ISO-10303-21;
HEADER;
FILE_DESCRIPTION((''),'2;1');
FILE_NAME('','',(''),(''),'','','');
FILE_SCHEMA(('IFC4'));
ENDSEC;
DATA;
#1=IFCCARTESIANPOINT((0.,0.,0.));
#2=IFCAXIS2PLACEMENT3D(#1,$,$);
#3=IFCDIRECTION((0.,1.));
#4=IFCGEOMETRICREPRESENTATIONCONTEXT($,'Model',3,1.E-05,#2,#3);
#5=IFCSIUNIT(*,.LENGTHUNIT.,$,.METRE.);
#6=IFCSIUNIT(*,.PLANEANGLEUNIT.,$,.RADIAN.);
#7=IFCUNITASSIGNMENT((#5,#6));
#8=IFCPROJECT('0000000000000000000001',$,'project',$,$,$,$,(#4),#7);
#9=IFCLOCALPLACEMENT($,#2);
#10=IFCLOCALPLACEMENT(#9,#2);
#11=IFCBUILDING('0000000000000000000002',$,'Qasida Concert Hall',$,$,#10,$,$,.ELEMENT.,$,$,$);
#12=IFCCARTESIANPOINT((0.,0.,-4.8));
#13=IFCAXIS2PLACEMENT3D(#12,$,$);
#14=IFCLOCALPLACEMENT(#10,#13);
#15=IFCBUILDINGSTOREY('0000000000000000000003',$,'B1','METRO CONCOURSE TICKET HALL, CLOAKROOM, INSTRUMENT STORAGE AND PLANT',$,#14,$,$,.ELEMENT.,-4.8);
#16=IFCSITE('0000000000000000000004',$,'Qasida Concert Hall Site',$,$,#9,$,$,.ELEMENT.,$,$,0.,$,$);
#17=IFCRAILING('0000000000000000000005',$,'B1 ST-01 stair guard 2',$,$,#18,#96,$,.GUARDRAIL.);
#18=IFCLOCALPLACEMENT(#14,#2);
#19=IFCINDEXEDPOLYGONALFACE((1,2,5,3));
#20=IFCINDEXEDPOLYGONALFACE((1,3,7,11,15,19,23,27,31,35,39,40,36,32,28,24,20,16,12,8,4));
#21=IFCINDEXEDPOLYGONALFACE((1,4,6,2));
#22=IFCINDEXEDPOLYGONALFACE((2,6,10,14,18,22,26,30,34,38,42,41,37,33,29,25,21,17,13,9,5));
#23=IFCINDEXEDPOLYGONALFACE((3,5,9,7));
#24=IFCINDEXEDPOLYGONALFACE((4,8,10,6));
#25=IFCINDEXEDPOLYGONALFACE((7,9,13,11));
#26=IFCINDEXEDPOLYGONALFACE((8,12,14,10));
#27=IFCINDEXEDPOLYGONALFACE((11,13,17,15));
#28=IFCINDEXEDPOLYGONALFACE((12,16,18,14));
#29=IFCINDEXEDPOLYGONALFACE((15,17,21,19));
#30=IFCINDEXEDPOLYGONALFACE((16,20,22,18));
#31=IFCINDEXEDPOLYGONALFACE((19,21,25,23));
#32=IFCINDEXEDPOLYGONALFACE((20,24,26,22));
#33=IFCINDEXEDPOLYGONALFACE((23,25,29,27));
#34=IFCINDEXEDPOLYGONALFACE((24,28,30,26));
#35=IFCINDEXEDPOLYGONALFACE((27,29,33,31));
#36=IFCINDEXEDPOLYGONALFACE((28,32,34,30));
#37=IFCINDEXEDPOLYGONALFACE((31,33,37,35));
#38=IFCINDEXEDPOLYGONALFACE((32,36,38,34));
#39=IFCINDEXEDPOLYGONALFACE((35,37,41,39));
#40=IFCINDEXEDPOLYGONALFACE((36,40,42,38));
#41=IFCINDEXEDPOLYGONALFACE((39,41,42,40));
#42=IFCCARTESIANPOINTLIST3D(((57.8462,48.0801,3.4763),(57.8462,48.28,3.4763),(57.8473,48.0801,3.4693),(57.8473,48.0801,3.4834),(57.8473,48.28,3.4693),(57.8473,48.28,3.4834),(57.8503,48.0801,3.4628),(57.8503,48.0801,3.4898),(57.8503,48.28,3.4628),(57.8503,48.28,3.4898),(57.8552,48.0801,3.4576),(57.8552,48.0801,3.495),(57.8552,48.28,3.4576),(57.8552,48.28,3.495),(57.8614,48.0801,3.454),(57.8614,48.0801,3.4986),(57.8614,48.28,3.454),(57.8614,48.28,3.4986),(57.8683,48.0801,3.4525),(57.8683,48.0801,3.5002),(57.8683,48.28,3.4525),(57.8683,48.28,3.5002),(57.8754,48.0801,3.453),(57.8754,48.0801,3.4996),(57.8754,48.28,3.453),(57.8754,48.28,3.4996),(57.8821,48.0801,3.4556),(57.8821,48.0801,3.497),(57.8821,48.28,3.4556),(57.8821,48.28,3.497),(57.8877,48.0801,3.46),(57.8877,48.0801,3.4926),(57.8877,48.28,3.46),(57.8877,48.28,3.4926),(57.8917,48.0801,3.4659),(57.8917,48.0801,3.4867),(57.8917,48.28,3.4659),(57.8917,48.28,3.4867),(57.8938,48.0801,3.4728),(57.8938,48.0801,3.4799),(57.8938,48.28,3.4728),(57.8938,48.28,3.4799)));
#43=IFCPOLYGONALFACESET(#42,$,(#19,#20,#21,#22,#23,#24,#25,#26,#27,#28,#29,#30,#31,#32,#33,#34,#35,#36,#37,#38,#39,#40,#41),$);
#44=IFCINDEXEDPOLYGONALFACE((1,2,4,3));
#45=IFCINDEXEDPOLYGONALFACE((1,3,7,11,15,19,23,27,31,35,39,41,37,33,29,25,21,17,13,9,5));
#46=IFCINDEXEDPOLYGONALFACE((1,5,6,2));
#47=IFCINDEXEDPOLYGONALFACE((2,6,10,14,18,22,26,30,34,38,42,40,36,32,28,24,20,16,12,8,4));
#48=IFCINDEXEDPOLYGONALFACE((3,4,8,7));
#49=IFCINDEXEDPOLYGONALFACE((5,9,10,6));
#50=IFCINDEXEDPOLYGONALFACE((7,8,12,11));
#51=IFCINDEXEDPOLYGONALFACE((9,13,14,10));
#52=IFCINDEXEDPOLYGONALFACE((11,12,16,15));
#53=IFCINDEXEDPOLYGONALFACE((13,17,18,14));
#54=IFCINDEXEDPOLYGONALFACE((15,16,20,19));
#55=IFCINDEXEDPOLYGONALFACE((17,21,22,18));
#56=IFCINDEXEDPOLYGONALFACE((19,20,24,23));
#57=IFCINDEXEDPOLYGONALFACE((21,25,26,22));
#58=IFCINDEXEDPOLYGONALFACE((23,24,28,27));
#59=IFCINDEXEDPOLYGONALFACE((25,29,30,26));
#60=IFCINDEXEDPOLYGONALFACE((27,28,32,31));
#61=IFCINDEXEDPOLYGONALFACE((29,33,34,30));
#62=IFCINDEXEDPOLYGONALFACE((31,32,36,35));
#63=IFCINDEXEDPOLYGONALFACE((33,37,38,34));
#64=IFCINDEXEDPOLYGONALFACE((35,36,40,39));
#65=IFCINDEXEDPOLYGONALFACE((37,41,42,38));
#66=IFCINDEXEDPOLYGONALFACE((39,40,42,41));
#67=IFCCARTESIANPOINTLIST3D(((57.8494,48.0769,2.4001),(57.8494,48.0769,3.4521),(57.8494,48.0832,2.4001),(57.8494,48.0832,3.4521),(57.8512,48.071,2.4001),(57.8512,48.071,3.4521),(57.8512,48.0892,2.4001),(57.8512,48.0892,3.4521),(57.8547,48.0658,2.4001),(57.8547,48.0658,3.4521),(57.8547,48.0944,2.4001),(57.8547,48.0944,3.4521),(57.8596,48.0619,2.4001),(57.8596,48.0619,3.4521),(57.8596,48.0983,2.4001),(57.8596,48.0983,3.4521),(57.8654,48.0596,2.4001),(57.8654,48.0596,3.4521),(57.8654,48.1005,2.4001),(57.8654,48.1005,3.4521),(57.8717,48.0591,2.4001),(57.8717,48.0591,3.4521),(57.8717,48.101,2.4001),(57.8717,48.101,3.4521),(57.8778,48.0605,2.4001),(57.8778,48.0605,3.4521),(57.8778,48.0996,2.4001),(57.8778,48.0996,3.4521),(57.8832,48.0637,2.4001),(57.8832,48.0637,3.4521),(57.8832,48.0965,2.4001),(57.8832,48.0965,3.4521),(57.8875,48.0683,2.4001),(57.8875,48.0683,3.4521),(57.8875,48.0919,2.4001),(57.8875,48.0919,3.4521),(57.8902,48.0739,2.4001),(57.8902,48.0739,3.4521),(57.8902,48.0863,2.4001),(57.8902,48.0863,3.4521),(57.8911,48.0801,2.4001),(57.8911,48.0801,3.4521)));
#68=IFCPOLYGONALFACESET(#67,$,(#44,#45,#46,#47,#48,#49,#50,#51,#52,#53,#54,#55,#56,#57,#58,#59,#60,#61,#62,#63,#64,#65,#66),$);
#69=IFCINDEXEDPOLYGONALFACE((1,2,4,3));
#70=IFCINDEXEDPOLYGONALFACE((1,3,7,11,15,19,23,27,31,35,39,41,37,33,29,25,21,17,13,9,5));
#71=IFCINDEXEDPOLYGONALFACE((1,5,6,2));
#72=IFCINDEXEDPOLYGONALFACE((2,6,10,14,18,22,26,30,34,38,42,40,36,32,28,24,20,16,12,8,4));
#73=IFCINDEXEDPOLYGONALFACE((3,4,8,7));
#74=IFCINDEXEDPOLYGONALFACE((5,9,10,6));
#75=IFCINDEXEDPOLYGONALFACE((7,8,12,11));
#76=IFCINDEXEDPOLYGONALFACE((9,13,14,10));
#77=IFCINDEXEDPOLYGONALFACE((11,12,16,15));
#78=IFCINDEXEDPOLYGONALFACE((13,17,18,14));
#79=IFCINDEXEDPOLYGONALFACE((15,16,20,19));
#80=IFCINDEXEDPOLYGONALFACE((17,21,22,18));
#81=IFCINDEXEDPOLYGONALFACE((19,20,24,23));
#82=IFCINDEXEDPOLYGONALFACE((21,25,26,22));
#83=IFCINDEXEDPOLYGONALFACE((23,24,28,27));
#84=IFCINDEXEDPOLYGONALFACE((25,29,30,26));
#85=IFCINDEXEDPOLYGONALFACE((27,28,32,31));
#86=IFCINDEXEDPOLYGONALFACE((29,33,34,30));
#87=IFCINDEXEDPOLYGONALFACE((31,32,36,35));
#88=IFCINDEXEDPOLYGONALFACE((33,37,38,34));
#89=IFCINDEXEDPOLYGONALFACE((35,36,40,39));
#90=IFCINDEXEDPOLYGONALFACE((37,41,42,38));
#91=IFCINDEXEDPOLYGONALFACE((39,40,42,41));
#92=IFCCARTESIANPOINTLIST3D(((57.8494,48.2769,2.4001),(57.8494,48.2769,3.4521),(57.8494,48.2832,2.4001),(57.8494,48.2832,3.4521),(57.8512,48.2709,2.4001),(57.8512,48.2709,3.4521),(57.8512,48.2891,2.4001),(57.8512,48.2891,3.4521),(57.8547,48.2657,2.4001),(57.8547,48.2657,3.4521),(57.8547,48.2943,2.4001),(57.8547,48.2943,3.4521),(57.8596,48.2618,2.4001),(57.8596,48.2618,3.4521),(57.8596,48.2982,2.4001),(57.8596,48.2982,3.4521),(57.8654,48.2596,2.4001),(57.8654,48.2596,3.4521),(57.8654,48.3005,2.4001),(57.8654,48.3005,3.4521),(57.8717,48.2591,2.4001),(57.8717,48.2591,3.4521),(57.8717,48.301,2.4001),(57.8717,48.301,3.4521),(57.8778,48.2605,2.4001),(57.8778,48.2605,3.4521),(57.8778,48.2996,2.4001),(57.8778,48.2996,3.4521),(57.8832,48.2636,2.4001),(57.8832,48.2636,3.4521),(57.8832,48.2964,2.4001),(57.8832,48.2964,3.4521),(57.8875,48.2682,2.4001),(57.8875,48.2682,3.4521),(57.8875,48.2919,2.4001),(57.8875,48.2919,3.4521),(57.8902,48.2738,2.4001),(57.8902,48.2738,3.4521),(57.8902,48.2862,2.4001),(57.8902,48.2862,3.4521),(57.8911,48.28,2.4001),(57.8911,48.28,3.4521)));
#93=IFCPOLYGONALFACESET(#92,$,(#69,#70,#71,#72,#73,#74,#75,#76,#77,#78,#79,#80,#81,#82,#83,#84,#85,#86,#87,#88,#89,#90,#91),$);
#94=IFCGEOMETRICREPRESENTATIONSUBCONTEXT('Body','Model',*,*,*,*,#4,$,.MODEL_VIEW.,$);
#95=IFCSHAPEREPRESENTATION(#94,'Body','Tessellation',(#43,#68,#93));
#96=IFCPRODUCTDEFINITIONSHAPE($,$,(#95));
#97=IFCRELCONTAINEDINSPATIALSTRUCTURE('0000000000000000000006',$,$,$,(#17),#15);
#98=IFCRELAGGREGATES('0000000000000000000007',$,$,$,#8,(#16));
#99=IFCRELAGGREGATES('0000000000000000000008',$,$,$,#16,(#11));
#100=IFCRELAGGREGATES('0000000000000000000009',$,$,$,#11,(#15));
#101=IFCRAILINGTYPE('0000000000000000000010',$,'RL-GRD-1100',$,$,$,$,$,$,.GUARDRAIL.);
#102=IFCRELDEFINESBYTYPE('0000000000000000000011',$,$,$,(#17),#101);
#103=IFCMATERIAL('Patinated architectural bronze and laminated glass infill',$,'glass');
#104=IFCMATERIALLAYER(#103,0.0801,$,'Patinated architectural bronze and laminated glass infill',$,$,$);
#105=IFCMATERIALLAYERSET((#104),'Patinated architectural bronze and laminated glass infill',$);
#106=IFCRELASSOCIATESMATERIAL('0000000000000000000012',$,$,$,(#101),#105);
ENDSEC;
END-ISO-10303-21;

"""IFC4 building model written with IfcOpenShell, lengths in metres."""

from ifc_helpers import new_model, si_unit, direction, frame, origin, origin_2d, place, context, subcontext, project, spatial, circle, extrude, material, layer, layer_set, type_object, element, save


model = new_model("IFC4")

# Units and contexts
model_context = context("Model", 3, precision=1e-05, world=origin(), true_north=direction((0.0, 1.0)))
body_context = subcontext(model_context, "Body", "Model", "MODEL_VIEW")
ifc_project = project(units=[si_unit("LENGTHUNIT", "METRE"), si_unit("PLANEANGLEUNIT", "RADIAN")], contexts=[model_context])

# Site, building, storey
site_placement = place(None, origin())
site = spatial("IfcSite", under=ifc_project, at=site_placement, Name="Qasida Concert Hall Site", CompositionType="ELEMENT", RefElevation=0.0)
building_placement = place(site_placement, origin())
building = spatial("IfcBuilding", under=site, at=building_placement, Name="Qasida Concert Hall", CompositionType="ELEMENT")
storey_placement = place(building_placement, frame((0.0, 0.0, -4.8)))
storey = spatial("IfcBuildingStorey", under=building, at=storey_placement, Name="B1", Description="METRO CONCOURSE TICKET HALL, CLOAKROOM, INSTRUMENT STORAGE AND PLANT", CompositionType="ELEMENT", Elevation=-4.8)

# Railing
ifc_material_1 = material(Name="Patinated architectural bronze and laminated glass infill", Category="glass")
ifc_layer_1 = layer(ifc_material_1, 0.0801, Name="Patinated architectural bronze and laminated glass infill")
ifc_layer_set_1 = layer_set([ifc_layer_1], Name="Patinated architectural bronze and laminated glass infill")
railing_type_1 = type_object("IfcRailingType", Name="RL-GRD-1100", PredefinedType="GUARDRAIL", material=ifc_layer_set_1)
railing_1_placement = place(storey_placement, frame((57.8701, 48.0801, 2.4001)))
element("IfcRailing", 1, at=railing_1_placement, inside=storey, type_object=railing_type_1, Name="B1 ST-01 stair guard 2", PredefinedType="GUARDRAIL", context=body_context, shape_type="SweptSolid", body=[
    extrude(circle(Radius=0.0239, at=origin_2d()), frame((0.0, 0.0, 1.0762), z_axis=(0.0, 1.0, 0.0), x_axis=(-1.0, 0.0, 0.0)), (0.0, 0.0, 1.0), 0.2),
    extrude(circle(Radius=0.021, at=origin_2d()), origin(), (0.0, 0.0, 1.0), 1.052),
    extrude(circle(Radius=0.021, at=origin_2d()), frame((0.0, 0.2, 0.0)), (0.0, 0.0, 1.0), 1.052),
])

save(model, "model.ifc")
